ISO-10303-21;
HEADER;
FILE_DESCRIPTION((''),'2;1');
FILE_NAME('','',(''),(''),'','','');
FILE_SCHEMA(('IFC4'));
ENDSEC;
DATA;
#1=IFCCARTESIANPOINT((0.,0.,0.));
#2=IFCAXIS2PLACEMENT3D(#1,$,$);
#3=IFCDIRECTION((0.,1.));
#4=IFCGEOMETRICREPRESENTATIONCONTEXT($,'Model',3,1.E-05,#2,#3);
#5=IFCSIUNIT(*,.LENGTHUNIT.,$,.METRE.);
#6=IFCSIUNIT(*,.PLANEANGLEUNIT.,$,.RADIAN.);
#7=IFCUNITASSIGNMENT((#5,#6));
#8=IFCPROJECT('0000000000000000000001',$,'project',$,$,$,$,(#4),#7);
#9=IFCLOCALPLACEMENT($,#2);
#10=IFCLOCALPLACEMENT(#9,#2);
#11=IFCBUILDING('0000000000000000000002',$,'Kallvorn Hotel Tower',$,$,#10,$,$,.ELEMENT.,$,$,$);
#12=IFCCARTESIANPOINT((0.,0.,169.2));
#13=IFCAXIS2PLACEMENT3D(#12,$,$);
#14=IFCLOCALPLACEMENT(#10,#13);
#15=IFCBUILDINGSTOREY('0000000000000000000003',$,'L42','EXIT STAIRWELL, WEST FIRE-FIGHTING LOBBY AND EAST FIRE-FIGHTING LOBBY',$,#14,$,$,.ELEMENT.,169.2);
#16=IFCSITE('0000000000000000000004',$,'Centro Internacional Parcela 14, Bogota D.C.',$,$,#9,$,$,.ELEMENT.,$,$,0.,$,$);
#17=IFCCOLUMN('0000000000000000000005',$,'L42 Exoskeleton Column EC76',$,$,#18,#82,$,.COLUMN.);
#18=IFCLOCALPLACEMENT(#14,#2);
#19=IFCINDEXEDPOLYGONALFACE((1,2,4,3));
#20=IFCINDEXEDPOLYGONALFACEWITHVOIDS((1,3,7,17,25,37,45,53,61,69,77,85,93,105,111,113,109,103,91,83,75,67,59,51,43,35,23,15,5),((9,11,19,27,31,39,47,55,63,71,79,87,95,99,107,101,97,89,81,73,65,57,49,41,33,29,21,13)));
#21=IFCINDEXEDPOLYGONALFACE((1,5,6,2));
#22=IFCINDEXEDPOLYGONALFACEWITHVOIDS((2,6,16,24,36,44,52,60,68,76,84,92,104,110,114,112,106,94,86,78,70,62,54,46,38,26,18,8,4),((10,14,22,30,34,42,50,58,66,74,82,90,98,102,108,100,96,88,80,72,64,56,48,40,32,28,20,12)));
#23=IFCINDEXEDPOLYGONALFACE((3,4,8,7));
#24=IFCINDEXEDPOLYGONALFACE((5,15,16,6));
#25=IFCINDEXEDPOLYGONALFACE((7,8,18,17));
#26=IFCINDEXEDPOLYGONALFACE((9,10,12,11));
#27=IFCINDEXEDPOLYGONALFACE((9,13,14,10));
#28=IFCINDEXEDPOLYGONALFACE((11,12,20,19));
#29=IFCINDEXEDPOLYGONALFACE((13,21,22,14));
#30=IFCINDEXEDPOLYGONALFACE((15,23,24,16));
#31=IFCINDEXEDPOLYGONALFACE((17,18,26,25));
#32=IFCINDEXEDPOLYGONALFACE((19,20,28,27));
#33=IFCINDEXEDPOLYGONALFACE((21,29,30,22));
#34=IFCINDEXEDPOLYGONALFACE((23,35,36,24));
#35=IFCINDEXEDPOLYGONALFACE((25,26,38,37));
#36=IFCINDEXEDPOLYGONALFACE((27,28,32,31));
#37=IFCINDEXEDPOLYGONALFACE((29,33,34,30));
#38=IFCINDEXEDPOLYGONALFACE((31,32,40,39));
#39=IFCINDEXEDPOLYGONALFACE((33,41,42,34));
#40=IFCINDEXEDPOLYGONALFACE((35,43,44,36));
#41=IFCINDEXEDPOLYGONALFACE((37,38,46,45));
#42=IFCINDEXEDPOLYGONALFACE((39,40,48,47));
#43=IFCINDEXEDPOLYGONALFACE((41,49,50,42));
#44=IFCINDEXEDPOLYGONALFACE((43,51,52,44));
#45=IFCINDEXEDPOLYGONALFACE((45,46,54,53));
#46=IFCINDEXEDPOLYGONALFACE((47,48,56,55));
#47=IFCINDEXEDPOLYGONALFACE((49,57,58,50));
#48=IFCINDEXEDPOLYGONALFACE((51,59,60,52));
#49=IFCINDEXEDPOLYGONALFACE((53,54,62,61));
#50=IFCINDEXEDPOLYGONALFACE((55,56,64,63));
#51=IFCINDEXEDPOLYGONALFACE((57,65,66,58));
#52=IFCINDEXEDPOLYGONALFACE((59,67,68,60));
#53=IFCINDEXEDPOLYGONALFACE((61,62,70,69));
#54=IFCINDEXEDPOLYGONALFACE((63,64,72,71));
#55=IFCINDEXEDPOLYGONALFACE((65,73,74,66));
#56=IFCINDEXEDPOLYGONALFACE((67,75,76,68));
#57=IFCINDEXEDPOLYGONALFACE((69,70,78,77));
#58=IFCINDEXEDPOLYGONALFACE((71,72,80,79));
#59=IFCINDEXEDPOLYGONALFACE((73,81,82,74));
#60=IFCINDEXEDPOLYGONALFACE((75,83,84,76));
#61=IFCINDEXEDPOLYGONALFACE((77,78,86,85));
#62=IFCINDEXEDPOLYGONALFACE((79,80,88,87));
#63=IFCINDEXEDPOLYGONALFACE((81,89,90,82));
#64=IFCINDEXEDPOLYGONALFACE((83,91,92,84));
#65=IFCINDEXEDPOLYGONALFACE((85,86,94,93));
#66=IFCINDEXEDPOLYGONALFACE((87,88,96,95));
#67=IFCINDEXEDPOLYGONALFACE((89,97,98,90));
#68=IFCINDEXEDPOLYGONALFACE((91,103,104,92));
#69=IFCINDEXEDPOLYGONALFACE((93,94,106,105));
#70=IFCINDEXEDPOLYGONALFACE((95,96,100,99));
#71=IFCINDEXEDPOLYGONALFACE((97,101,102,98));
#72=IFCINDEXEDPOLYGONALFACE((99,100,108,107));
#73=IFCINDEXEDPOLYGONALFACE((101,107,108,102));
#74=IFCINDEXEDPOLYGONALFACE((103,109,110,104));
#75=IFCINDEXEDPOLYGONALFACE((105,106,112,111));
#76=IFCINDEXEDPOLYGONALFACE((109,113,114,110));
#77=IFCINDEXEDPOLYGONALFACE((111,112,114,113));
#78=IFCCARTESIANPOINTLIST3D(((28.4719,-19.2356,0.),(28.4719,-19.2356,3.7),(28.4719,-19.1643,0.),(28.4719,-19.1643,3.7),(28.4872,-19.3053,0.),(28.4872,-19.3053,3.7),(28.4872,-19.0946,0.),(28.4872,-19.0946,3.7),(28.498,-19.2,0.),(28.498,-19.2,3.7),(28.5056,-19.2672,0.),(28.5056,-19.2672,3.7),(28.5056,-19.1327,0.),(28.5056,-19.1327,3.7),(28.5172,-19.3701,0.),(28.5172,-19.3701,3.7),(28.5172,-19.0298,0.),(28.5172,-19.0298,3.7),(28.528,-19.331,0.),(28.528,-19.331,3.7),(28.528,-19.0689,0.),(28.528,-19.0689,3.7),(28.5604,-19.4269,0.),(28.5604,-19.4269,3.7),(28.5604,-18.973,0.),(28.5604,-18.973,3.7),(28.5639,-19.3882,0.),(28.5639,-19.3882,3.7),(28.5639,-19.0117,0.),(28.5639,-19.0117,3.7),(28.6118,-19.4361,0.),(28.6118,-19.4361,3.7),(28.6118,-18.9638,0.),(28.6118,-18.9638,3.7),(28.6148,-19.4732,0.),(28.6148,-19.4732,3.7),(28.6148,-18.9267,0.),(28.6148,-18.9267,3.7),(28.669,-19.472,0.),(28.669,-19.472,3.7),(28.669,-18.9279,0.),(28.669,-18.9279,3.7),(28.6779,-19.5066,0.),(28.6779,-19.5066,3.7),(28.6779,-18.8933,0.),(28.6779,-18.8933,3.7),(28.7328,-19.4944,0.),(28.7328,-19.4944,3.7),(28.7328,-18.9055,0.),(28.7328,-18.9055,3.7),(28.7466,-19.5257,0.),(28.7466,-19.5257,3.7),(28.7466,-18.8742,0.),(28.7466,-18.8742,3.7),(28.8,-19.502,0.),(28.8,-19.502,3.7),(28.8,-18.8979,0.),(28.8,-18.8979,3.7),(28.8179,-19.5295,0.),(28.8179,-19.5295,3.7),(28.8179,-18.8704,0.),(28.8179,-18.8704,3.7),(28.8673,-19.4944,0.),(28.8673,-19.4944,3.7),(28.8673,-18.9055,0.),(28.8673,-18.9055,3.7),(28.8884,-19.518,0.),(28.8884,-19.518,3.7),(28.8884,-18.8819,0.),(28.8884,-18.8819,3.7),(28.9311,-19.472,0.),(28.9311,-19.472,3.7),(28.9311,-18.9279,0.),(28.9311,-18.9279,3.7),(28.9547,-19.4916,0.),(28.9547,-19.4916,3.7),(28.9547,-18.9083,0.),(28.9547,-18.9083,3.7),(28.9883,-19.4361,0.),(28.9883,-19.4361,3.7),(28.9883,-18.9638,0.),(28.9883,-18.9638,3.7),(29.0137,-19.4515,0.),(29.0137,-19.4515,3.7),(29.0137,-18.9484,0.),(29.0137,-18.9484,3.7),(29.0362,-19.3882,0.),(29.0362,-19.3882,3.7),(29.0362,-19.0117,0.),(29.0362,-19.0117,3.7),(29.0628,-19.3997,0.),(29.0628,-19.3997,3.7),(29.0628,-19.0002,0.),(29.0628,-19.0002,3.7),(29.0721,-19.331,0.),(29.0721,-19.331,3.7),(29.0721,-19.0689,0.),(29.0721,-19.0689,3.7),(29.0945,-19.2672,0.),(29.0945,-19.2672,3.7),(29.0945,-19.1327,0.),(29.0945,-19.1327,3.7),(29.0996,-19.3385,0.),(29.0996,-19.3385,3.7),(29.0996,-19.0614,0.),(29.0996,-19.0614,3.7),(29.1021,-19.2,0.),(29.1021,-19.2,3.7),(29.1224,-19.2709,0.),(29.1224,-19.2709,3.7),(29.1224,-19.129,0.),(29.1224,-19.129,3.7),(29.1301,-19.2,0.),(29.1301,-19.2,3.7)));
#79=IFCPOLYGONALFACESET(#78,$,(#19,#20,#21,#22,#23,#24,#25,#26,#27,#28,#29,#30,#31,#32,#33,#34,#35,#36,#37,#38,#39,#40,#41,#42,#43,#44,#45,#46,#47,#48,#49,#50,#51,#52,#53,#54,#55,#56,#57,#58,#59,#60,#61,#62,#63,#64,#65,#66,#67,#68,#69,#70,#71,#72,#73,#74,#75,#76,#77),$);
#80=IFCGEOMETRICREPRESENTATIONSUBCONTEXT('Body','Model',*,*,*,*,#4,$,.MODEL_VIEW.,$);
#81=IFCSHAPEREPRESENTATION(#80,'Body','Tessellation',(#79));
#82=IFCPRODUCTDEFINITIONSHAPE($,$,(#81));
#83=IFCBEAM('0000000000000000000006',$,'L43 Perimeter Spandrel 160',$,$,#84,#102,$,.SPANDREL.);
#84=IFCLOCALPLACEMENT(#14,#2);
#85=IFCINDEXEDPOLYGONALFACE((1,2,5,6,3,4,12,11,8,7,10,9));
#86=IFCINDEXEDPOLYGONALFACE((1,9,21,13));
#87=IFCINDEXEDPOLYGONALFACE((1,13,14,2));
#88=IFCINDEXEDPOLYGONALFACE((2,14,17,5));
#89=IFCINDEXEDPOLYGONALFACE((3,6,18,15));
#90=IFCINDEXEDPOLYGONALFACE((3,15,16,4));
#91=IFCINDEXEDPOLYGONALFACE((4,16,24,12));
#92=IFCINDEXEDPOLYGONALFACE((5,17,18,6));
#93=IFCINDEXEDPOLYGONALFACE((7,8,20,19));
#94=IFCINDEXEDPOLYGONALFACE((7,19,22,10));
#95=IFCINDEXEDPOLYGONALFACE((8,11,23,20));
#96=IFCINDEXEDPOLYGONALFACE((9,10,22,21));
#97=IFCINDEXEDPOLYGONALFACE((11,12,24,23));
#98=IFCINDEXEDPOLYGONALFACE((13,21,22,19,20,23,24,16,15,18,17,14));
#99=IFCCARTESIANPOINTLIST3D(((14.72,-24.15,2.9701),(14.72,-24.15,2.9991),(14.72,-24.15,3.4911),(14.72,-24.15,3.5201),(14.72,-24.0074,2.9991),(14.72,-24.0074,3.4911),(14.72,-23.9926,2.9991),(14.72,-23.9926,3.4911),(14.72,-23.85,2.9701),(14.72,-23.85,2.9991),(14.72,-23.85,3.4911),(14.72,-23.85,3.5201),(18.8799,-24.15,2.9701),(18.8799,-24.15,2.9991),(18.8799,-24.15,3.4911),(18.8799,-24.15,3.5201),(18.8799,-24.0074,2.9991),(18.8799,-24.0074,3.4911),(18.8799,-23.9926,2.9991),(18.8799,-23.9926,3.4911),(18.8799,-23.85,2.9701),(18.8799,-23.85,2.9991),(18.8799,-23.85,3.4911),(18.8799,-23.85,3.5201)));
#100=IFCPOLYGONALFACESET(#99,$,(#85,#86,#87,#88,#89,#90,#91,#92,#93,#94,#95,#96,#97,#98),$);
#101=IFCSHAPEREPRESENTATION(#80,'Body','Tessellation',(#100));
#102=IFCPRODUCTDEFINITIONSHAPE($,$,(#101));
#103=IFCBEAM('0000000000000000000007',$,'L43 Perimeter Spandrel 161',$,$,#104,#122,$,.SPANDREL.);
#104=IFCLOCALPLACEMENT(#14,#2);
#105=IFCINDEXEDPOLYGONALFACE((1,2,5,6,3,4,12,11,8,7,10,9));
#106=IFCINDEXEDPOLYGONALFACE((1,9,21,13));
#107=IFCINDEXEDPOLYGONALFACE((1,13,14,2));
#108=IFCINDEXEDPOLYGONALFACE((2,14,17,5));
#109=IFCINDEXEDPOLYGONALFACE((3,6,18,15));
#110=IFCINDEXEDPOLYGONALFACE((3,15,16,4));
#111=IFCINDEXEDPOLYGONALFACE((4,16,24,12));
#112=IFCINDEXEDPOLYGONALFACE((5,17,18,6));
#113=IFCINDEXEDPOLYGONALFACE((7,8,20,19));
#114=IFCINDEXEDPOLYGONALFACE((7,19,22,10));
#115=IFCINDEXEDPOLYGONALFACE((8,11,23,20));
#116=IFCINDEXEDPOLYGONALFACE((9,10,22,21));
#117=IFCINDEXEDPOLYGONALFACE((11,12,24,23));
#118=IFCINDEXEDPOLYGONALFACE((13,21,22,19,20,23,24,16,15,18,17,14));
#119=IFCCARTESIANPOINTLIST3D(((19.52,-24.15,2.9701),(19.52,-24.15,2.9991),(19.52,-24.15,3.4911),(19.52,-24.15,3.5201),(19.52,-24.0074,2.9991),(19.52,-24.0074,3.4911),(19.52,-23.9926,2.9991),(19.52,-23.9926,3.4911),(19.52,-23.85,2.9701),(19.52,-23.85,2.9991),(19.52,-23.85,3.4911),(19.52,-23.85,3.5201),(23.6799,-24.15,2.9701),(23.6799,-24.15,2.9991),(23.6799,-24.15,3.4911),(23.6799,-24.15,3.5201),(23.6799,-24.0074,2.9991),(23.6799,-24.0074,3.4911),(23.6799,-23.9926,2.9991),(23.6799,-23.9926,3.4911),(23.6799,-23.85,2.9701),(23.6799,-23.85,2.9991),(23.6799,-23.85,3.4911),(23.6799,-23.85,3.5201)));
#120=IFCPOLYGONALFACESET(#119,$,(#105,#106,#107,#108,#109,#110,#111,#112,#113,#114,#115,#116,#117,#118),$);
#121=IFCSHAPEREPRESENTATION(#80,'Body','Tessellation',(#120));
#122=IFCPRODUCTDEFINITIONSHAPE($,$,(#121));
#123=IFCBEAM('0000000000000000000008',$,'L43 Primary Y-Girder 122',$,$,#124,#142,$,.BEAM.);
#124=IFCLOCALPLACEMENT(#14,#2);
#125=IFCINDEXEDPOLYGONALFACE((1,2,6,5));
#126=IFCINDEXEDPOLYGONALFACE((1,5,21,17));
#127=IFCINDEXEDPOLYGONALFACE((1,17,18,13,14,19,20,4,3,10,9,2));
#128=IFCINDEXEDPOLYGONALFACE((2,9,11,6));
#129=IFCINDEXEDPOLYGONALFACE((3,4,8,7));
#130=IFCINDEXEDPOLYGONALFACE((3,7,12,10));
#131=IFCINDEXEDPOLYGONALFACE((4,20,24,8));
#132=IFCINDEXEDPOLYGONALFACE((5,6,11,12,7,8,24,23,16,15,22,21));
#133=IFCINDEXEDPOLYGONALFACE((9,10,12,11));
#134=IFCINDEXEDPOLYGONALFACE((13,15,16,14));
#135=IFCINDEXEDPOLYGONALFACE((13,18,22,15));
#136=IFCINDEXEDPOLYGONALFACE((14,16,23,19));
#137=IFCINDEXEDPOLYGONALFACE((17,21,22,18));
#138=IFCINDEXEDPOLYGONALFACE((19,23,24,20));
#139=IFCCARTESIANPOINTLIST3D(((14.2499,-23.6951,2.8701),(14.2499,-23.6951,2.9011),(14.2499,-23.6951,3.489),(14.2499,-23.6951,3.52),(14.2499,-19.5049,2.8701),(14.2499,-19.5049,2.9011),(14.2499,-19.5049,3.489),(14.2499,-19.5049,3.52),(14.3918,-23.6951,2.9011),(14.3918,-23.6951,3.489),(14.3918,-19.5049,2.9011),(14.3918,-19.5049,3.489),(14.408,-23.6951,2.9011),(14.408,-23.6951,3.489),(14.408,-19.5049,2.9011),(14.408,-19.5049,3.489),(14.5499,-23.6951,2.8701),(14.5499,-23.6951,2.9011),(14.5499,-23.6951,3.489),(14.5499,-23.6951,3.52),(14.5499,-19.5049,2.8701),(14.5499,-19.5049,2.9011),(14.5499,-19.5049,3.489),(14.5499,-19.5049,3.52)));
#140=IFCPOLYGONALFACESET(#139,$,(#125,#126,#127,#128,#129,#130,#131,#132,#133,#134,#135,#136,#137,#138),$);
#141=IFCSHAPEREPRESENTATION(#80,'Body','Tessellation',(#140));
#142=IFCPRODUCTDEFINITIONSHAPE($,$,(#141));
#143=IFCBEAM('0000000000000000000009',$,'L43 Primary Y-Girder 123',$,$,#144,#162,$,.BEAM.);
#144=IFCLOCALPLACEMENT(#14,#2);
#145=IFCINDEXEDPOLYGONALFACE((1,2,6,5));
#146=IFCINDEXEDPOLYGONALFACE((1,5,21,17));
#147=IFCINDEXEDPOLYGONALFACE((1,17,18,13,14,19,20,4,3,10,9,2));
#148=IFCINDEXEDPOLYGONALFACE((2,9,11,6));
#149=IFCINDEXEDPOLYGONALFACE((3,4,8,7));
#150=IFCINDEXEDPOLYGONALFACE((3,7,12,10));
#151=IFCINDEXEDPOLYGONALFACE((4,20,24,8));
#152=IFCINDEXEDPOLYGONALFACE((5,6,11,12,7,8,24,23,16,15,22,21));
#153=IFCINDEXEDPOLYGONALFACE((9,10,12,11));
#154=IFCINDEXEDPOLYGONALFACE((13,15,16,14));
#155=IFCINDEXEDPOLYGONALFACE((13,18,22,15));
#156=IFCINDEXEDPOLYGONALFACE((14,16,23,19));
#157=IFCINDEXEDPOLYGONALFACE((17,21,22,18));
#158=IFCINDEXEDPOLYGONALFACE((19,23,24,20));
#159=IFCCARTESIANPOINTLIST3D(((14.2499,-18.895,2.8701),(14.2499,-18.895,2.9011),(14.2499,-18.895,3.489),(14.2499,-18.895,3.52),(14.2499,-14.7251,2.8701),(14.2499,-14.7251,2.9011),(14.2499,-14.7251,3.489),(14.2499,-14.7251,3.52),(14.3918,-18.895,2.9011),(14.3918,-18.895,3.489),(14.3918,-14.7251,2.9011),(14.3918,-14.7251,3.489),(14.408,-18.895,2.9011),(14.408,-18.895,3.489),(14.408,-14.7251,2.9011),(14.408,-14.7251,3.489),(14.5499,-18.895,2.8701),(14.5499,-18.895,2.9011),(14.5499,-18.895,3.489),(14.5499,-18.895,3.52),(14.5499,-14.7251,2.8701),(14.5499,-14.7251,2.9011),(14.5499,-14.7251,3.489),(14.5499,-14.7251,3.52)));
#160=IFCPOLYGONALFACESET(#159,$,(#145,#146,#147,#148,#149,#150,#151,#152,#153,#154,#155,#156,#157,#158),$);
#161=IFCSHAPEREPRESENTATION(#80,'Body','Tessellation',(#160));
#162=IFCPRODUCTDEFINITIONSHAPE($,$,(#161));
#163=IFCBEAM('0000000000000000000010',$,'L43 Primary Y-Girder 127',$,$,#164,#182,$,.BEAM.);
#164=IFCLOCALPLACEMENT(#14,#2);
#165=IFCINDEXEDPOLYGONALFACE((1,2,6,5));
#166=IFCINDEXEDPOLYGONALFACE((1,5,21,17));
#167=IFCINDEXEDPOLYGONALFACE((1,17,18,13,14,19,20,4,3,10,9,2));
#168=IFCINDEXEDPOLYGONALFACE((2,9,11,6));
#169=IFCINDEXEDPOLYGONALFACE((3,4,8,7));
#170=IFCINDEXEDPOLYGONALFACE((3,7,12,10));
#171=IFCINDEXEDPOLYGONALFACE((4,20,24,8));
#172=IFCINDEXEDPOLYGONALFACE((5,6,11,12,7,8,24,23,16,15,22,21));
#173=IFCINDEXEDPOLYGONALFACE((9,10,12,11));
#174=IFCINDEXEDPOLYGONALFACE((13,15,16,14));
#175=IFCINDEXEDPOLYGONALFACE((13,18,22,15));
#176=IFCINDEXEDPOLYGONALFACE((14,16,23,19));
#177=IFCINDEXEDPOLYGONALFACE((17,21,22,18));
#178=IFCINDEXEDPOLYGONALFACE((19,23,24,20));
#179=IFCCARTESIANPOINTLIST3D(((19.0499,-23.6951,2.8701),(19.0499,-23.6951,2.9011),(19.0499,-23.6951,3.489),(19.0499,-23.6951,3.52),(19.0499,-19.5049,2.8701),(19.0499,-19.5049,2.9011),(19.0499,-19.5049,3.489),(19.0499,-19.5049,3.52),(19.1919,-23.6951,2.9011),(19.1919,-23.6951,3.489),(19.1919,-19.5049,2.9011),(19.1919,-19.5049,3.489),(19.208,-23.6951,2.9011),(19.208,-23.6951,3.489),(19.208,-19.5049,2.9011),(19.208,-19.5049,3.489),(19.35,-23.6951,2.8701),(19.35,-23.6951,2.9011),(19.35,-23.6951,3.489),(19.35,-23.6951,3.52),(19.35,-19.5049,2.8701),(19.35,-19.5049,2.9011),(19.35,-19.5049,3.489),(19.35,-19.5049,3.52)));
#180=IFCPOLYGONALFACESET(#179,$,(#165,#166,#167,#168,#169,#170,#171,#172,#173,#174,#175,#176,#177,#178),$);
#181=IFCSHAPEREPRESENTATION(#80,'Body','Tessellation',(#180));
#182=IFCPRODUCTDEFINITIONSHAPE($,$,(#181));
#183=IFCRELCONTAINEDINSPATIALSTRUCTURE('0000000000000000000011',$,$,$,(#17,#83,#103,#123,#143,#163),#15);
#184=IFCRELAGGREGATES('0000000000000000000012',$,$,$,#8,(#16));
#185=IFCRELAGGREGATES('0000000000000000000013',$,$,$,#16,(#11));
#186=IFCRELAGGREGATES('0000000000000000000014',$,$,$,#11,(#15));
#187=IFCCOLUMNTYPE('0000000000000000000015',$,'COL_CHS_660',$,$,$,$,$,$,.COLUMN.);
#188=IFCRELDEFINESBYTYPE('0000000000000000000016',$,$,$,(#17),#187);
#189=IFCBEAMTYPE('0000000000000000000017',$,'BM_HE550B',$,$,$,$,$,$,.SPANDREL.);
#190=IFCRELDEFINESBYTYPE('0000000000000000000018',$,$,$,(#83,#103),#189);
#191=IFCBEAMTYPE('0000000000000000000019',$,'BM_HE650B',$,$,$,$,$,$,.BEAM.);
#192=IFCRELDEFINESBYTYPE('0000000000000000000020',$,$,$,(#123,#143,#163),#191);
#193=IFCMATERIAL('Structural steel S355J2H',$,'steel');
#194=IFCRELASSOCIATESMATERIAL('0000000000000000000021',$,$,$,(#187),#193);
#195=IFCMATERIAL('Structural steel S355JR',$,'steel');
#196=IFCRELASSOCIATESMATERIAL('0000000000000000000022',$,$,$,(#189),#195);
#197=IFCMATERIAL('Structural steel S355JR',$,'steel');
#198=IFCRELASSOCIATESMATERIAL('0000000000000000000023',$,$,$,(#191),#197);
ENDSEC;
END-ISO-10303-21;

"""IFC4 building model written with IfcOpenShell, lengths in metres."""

from ifc_helpers import new_model, si_unit, direction, frame, origin, origin_2d, place, context, subcontext, project, spatial, hollow_circle, i_section, extrude, material, material_profile, profile_set, type_object, element, save


model = new_model("IFC4")

# Units and contexts
model_context = context("Model", 3, precision=1e-05, world=origin(), true_north=direction((0.0, 1.0)))
body_context = subcontext(model_context, "Body", "Model", "MODEL_VIEW")
ifc_project = project(units=[si_unit("LENGTHUNIT", "METRE"), si_unit("PLANEANGLEUNIT", "RADIAN")], contexts=[model_context])

# Site, building, storey
site_placement = place(None, origin())
site = spatial("IfcSite", under=ifc_project, at=site_placement, Name="Centro Internacional Parcela 14, Bogota D.C.", CompositionType="ELEMENT", RefElevation=0.0)
building_placement = place(site_placement, origin())
building = spatial("IfcBuilding", under=site, at=building_placement, Name="Kallvorn Hotel Tower", CompositionType="ELEMENT")
storey_placement = place(building_placement, frame((0.0, 0.0, 169.2)))
storey = spatial("IfcBuildingStorey", under=building, at=storey_placement, Name="L42", Description="EXIT STAIRWELL, WEST FIRE-FIGHTING LOBBY AND EAST FIRE-FIGHTING LOBBY", CompositionType="ELEMENT", Elevation=169.2)

# Column
ifc_material_1 = material(Name="Structural steel S355J2H", Category="steel")
ifc_material_profile_1 = material_profile(ifc_material_1, hollow_circle(Radius=0.3301, WallThickness=0.0281, at=origin_2d()), Name="CHS 660x28")
ifc_profile_set_1 = profile_set([ifc_material_profile_1], Name="Structural steel S355J2H")
column_type = type_object("IfcColumnType", Name="COL_CHS_660", PredefinedType="COLUMN", material=ifc_profile_set_1)
for number, where, z_axis, x_axis, name in (
    (1, (28.8, -19.2, 0.0), (0.0, 0.0, 1.0), (1.0, 0.0, 0.0), "L42 Exoskeleton Column EC76"),
):
    element("IfcColumn", number, at=place(storey_placement, frame(where, z_axis=z_axis, x_axis=x_axis)), inside=storey, type_object=column_type, Name=name, PredefinedType="COLUMN", context=body_context, shape_type="SweptSolid", body=[
        extrude(hollow_circle(Radius=0.3301, WallThickness=0.0281, at=origin_2d()), origin(), (0.0, 0.0, 1.0), 3.7),
    ])

# Beams
ifc_material_2 = material(Name="Structural steel S355JR", Category="steel")
ifc_material_profile_2 = material_profile(ifc_material_2, i_section(OverallWidth=0.3, OverallDepth=0.55, WebThickness=0.0149, FlangeThickness=0.0291, at=origin_2d()), Name="HE 550 B")
ifc_profile_set_2 = profile_set([ifc_material_profile_2], Name="Structural steel S355JR")
beam_type_1 = type_object("IfcBeamType", Name="BM_HE550B", PredefinedType="SPANDREL", material=ifc_profile_set_2)
for number, where, z_axis, x_axis, name in (
    (2, (14.72, -24.0, 3.2451), (1.0, 0.0, 0.0), (0.0, 1.0, 0.0), "L43 Perimeter Spandrel 160"),
    (3, (19.52, -24.0, 3.2451), (1.0, 0.0, 0.0), (0.0, 1.0, 0.0), "L43 Perimeter Spandrel 161"),
):
    element("IfcBeam", number, at=place(storey_placement, frame(where, z_axis=z_axis, x_axis=x_axis)), inside=storey, type_object=beam_type_1, Name=name, PredefinedType="SPANDREL", context=body_context, shape_type="SweptSolid", body=[
        extrude(i_section(OverallWidth=0.3, OverallDepth=0.55, WebThickness=0.0149, FlangeThickness=0.0291, at=origin_2d()), origin(), (0.0, 0.0, 1.0), 4.1599),
    ])
ifc_material_3 = material(Name="Structural steel S355JR", Category="steel")
ifc_material_profile_3 = material_profile(ifc_material_3, i_section(OverallWidth=0.3, OverallDepth=0.6499, WebThickness=0.0161, FlangeThickness=0.031, at=origin_2d()), Name="HE 650 B")
ifc_profile_set_3 = profile_set([ifc_material_profile_3], Name="Structural steel S355JR")
beam_type_2 = type_object("IfcBeamType", Name="BM_HE650B", PredefinedType="BEAM", material=ifc_profile_set_3)
beam_1_placement = place(storey_placement, frame((14.3999, -23.6951, 3.1951), z_axis=(0.0, 1.0, 0.0), x_axis=(-1.0, 0.0, 0.0)))
element("IfcBeam", 4, at=beam_1_placement, inside=storey, type_object=beam_type_2, Name="L43 Primary Y-Girder 122", PredefinedType="BEAM", context=body_context, shape_type="SweptSolid", body=[
    extrude(i_section(OverallWidth=0.3, OverallDepth=0.6499, WebThickness=0.0161, FlangeThickness=0.031, at=origin_2d()), origin(), (0.0, 0.0, 1.0), 4.1902),
])
beam_2_placement = place(storey_placement, frame((14.3999, -18.895, 3.1951), z_axis=(0.0, 1.0, 0.0), x_axis=(-1.0, 0.0, 0.0)))
element("IfcBeam", 5, at=beam_2_placement, inside=storey, type_object=beam_type_2, Name="L43 Primary Y-Girder 123", PredefinedType="BEAM", context=body_context, shape_type="SweptSolid", body=[
    extrude(i_section(OverallWidth=0.3, OverallDepth=0.6499, WebThickness=0.0161, FlangeThickness=0.031, at=origin_2d()), origin(), (0.0, 0.0, 1.0), 4.1699),
])
beam_3_placement = place(storey_placement, frame((19.2, -23.6951, 3.1951), z_axis=(0.0, 1.0, 0.0), x_axis=(-1.0, 0.0, 0.0)))
element("IfcBeam", 6, at=beam_3_placement, inside=storey, type_object=beam_type_2, Name="L43 Primary Y-Girder 127", PredefinedType="BEAM", context=body_context, shape_type="SweptSolid", body=[
    extrude(i_section(OverallWidth=0.3, OverallDepth=0.6499, WebThickness=0.0161, FlangeThickness=0.031, at=origin_2d()), origin(), (0.0, 0.0, 1.0), 4.1902),
])

save(model, "model.ifc")
